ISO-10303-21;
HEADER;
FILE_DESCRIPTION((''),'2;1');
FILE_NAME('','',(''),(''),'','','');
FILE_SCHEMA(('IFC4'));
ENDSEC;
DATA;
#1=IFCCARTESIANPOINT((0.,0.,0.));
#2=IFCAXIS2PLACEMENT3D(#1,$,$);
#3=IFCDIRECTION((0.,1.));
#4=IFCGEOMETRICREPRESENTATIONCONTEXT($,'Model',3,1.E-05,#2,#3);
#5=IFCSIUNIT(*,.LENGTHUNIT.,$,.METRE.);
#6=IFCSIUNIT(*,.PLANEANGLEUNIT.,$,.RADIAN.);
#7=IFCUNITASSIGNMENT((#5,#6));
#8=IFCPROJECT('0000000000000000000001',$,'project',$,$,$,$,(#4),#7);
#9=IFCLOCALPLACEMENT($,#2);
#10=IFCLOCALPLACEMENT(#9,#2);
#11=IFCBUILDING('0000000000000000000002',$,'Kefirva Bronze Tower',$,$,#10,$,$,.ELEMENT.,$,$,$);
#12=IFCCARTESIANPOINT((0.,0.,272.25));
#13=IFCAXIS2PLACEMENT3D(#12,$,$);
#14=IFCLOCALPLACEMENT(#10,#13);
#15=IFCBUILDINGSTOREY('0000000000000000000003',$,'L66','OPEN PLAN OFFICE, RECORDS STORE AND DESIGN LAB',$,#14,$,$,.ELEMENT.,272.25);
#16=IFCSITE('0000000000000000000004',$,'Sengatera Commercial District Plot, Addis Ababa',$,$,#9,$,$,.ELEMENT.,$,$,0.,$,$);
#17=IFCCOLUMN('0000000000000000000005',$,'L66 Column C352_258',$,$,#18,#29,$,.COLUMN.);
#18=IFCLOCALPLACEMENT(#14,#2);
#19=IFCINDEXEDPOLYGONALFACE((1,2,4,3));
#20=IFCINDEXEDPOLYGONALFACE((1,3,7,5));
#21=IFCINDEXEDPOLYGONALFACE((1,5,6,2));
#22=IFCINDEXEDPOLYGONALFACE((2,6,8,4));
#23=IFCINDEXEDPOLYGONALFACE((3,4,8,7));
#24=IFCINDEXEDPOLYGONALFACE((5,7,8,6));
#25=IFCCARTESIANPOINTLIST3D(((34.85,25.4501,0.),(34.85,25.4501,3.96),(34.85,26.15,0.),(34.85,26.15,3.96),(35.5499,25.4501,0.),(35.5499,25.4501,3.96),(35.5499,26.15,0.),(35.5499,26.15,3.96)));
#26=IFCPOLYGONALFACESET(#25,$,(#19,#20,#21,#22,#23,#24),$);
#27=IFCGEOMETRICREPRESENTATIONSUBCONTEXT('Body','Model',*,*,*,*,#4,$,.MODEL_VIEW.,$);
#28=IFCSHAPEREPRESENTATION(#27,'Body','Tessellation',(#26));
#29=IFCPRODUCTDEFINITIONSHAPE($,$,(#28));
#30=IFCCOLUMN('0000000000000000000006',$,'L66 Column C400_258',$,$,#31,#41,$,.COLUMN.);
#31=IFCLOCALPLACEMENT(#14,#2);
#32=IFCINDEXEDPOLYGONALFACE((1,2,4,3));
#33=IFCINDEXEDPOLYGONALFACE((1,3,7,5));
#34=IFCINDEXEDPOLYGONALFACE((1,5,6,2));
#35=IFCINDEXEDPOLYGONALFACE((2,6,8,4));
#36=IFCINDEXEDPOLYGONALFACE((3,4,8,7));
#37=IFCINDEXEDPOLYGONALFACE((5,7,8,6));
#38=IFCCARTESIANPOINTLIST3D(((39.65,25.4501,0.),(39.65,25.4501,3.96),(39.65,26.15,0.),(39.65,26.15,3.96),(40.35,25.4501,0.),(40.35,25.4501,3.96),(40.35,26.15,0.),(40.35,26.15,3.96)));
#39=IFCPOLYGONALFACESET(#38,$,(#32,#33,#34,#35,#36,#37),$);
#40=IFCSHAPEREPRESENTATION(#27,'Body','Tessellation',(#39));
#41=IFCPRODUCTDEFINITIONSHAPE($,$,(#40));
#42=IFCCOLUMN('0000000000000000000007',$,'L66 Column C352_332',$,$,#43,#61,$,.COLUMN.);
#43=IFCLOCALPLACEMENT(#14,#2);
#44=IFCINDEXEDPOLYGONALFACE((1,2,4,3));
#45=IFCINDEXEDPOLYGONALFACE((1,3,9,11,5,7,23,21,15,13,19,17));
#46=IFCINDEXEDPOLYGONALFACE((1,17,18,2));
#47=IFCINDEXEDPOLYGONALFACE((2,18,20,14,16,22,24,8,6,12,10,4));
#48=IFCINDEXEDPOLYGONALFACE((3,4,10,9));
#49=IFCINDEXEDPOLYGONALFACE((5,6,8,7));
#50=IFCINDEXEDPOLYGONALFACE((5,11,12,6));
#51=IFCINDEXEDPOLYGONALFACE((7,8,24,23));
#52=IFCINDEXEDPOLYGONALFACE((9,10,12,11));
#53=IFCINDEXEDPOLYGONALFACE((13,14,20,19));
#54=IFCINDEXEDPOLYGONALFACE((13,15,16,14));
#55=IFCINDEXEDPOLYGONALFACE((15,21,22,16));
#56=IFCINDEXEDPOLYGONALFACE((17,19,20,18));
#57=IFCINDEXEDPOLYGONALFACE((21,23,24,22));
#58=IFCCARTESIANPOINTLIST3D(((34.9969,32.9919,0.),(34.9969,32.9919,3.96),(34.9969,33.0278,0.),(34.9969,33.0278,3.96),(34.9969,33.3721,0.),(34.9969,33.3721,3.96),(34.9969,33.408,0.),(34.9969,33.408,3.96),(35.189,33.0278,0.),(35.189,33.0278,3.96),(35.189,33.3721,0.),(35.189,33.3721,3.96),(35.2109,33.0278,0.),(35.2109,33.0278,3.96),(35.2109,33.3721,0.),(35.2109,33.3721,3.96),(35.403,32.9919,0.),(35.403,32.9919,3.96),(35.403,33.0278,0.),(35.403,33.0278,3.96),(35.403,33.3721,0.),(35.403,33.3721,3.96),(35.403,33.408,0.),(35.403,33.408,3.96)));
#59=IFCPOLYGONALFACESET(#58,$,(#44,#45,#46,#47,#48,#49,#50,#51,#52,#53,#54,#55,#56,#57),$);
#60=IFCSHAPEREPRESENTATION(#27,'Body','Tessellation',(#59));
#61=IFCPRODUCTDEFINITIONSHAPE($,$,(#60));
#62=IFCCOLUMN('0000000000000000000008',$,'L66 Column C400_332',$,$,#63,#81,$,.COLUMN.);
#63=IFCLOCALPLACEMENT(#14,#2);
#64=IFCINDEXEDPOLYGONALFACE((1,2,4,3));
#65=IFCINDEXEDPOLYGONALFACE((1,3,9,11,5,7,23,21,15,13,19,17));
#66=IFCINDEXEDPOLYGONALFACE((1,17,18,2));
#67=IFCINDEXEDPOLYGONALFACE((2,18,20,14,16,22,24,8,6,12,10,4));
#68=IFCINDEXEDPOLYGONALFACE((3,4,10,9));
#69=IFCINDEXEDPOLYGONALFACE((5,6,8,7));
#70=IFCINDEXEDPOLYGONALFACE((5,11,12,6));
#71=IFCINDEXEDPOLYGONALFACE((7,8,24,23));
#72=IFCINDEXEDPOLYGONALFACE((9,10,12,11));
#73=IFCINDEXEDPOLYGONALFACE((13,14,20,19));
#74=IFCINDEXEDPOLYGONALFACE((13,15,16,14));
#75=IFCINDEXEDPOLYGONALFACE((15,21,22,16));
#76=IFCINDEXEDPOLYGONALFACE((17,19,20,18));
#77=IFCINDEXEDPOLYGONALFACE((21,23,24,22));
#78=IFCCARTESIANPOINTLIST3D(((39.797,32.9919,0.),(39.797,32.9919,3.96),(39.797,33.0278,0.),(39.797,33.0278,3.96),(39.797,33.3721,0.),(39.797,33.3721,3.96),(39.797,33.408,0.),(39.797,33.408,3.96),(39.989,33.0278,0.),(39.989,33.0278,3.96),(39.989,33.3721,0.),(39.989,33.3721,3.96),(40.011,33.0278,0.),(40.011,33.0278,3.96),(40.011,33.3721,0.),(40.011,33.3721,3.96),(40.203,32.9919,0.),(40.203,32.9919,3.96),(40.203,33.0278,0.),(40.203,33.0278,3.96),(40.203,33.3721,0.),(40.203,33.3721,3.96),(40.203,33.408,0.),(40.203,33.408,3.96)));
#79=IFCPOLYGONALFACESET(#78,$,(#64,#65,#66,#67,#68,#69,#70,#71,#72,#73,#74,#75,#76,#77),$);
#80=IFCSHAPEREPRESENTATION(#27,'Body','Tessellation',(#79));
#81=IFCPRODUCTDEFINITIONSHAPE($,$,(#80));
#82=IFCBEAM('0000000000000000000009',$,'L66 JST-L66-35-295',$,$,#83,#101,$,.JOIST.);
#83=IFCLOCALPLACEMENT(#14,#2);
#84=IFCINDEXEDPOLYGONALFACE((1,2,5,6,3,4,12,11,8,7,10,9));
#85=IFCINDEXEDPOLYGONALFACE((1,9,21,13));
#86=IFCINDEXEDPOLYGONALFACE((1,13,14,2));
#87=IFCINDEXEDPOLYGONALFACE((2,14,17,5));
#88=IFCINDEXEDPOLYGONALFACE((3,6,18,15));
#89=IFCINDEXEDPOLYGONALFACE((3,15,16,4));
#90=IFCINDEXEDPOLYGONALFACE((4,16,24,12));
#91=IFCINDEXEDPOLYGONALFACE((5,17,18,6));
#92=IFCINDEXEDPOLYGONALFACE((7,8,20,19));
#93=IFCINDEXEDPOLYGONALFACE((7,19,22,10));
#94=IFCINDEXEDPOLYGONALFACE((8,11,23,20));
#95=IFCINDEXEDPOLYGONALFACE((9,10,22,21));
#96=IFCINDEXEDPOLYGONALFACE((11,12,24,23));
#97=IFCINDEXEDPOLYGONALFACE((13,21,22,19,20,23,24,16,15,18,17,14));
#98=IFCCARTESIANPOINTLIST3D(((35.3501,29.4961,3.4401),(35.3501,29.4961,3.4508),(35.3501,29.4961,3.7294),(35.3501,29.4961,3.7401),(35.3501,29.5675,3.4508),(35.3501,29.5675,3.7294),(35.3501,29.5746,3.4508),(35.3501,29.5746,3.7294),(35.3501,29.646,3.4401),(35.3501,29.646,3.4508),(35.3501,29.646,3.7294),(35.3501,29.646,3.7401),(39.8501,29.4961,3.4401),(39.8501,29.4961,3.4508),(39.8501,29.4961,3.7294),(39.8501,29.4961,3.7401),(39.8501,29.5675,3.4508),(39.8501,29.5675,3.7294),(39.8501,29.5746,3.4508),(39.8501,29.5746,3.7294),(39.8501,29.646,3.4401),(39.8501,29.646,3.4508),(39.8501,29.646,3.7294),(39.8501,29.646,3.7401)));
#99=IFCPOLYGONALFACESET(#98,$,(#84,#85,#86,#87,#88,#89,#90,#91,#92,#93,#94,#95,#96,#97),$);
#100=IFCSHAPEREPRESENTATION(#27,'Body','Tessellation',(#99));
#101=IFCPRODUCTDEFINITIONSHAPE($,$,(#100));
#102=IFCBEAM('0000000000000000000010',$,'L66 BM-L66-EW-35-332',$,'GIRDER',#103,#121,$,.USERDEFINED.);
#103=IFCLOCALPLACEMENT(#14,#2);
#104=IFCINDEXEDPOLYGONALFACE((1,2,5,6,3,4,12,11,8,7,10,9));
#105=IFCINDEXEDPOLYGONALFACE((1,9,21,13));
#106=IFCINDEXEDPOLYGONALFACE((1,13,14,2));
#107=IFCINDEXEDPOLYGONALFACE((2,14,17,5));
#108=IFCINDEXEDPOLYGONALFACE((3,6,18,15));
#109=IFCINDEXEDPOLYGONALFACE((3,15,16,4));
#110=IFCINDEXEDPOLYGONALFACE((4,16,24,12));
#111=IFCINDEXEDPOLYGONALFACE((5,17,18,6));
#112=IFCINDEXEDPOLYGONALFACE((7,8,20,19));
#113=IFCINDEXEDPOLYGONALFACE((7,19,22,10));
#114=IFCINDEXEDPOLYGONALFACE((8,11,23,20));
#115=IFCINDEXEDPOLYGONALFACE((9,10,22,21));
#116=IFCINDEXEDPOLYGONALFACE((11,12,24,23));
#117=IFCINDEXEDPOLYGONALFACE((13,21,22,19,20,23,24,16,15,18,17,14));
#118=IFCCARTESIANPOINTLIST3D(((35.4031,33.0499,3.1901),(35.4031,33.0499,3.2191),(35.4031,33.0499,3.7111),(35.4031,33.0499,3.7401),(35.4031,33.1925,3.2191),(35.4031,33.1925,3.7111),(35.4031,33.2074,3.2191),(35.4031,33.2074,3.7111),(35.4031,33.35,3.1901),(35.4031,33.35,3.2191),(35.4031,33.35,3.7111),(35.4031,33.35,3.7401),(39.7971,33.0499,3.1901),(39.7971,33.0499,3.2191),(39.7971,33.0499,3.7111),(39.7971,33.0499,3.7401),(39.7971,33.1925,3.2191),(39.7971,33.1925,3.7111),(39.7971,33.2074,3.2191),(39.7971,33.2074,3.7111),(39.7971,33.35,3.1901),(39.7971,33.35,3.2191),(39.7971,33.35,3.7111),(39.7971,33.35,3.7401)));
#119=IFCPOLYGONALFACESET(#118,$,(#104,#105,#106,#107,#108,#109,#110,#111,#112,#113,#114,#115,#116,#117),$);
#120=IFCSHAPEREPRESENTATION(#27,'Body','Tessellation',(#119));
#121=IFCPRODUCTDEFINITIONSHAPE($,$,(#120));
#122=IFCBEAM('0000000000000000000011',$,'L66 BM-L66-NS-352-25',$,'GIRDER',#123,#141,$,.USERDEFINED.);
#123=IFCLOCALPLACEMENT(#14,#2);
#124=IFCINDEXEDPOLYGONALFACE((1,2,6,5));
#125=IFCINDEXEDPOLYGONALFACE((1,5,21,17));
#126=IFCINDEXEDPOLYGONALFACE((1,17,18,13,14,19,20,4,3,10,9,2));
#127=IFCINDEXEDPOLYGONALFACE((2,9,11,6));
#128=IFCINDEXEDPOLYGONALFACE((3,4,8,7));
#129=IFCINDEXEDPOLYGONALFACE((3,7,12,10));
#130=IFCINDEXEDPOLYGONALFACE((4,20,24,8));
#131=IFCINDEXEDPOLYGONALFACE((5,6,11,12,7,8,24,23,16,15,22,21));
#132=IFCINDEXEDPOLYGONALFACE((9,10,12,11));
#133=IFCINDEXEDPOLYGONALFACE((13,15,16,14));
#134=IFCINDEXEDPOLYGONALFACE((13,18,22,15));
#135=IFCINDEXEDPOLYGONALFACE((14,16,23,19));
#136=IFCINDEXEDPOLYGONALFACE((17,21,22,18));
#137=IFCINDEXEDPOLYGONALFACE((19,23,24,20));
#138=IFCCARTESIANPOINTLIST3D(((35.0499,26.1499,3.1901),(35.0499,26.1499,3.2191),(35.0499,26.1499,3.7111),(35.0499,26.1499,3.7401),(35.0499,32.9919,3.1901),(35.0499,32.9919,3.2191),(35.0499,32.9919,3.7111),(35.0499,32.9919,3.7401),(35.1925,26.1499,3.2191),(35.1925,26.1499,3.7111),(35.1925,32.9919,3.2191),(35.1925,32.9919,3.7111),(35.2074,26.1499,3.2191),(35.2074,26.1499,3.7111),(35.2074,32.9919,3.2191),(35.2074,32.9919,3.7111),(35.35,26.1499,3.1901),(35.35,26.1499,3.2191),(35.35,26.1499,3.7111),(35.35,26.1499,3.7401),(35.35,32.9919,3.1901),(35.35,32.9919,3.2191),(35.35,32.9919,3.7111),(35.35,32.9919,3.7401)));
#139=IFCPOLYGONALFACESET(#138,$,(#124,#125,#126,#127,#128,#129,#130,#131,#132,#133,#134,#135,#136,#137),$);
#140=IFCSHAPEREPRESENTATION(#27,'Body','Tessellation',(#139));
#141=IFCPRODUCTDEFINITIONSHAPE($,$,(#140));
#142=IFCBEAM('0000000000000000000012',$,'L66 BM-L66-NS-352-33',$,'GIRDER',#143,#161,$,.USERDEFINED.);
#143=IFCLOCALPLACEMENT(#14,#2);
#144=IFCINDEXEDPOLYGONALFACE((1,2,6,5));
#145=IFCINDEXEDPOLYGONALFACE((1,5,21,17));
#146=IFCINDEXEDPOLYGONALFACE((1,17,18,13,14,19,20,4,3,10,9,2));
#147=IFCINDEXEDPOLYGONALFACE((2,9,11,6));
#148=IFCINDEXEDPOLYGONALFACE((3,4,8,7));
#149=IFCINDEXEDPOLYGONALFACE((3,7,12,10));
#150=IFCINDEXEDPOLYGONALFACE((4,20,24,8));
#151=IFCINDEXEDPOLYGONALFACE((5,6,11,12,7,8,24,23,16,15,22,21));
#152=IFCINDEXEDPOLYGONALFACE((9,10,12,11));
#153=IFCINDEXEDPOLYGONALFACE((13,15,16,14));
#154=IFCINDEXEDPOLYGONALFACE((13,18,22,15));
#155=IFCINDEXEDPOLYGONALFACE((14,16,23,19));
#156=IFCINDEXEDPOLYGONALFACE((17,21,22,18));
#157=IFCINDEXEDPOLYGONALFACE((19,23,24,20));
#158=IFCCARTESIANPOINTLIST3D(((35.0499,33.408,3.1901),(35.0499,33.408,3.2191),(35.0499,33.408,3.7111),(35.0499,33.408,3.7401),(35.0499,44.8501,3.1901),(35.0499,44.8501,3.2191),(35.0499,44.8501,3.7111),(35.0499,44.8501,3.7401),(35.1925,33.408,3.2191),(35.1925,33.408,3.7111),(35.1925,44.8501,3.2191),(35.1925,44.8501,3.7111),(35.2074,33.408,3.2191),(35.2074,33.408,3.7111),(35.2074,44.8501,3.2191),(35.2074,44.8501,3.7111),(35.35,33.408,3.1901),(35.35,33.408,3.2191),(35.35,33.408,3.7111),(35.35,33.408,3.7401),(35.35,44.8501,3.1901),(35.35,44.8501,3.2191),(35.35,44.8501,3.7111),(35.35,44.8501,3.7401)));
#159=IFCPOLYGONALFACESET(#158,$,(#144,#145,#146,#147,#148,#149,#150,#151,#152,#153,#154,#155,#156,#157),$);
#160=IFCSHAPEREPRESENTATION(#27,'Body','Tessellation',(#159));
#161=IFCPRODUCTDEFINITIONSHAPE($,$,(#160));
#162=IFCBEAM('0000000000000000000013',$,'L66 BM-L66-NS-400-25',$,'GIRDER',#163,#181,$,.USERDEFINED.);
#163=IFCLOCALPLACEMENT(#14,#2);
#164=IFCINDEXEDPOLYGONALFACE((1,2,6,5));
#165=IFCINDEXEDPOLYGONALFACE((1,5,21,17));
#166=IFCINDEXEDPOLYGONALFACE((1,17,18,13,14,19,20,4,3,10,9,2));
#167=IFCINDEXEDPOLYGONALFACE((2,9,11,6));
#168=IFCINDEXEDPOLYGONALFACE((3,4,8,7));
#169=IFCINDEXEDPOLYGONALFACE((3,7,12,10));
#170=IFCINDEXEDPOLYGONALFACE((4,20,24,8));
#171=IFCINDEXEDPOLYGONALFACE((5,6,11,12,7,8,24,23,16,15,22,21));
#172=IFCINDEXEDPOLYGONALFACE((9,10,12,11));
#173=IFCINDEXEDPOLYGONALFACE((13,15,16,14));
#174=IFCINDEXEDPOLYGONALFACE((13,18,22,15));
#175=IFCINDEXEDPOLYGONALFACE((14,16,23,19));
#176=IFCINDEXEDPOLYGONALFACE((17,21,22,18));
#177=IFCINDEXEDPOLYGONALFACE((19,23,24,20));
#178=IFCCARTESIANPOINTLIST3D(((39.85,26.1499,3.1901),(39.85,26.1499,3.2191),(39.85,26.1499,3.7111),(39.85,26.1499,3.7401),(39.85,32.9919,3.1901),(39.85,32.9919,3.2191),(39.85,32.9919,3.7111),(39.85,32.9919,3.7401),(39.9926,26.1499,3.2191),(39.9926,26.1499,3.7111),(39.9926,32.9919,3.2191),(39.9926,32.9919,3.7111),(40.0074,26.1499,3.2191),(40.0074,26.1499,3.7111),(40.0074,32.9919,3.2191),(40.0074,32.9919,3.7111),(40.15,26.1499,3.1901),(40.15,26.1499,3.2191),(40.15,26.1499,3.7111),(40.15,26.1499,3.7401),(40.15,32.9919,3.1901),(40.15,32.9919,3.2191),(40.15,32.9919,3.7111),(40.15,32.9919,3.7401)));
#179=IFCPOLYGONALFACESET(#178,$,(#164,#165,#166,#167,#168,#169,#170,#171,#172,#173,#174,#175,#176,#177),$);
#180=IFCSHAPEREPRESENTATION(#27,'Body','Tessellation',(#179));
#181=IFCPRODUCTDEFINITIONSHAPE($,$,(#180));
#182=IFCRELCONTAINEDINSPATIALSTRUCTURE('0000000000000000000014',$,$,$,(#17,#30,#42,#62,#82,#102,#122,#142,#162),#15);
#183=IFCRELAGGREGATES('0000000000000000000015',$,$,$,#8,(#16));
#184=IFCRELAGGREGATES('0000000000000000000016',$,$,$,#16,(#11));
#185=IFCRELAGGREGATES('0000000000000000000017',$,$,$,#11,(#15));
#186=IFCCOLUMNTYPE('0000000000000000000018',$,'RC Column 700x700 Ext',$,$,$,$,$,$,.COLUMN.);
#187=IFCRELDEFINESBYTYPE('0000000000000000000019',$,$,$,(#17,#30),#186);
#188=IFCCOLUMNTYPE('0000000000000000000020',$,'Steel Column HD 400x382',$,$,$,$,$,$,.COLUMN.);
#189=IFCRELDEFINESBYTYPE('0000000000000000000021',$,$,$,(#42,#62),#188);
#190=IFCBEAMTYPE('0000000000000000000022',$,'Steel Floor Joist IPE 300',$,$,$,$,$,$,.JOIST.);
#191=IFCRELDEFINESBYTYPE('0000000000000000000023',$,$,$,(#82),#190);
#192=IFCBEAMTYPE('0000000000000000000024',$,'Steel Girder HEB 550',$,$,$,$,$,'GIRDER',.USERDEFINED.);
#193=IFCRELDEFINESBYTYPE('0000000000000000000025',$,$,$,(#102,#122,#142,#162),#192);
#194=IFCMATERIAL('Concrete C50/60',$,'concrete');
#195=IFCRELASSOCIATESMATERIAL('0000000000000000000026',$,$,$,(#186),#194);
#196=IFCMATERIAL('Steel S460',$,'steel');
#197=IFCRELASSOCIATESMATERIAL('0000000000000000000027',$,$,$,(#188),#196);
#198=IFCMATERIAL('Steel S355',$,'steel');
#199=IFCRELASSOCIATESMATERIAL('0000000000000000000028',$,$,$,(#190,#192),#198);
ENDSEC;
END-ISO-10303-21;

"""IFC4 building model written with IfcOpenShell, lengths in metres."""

from ifc_helpers import new_model, si_unit, direction, frame, origin, origin_2d, place, context, subcontext, project, spatial, rectangle, i_section, extrude, material, material_profile, profile_set, type_object, element, save


model = new_model("IFC4")

# Units and contexts
model_context = context("Model", 3, precision=1e-05, world=origin(), true_north=direction((0.0, 1.0)))
body_context = subcontext(model_context, "Body", "Model", "MODEL_VIEW")
ifc_project = project(units=[si_unit("LENGTHUNIT", "METRE"), si_unit("PLANEANGLEUNIT", "RADIAN")], contexts=[model_context])

# Site, building, storey
site_placement = place(None, origin())
site = spatial("IfcSite", under=ifc_project, at=site_placement, Name="Sengatera Commercial District Plot, Addis Ababa", CompositionType="ELEMENT", RefElevation=0.0)
building_placement = place(site_placement, origin())
building = spatial("IfcBuilding", under=site, at=building_placement, Name="Kefirva Bronze Tower", CompositionType="ELEMENT")
storey_placement = place(building_placement, frame((0.0, 0.0, 272.25)))
storey = spatial("IfcBuildingStorey", under=building, at=storey_placement, Name="L66", Description="OPEN PLAN OFFICE, RECORDS STORE AND DESIGN LAB", CompositionType="ELEMENT", Elevation=272.25)

# Columns
ifc_material_1 = material(Name="Concrete C50/60", Category="concrete")
ifc_material_profile_1 = material_profile(ifc_material_1, rectangle(XDim=0.7, YDim=0.7, at=origin_2d()), Name="RC 700x700")
ifc_profile_set_1 = profile_set([ifc_material_profile_1], Name="Concrete C50/60")
column_type_1 = type_object("IfcColumnType", Name="RC Column 700x700 Ext", PredefinedType="COLUMN", material=ifc_profile_set_1)
for number, where, z_axis, x_axis, name in (
    (1, (35.2, 25.8, 0.0), (0.0, 0.0, 1.0), (1.0, 0.0, 0.0), "L66 Column C352_258"),
    (2, (40.0, 25.8, 0.0), (0.0, 0.0, 1.0), (1.0, 0.0, 0.0), "L66 Column C400_258"),
):
    element("IfcColumn", number, at=place(storey_placement, frame(where, z_axis=z_axis, x_axis=x_axis)), inside=storey, type_object=column_type_1, Name=name, PredefinedType="COLUMN", context=body_context, shape_type="SweptSolid", body=[
        extrude(rectangle(XDim=0.7, YDim=0.7, at=origin_2d()), origin(), (0.0, 0.0, 1.0), 3.96),
    ])
ifc_material_2 = material(Name="Steel S460", Category="steel")
ifc_material_profile_2 = material_profile(ifc_material_2, i_section(OverallWidth=0.406, OverallDepth=0.416, WebThickness=0.022, FlangeThickness=0.0359, at=origin_2d()), Name="HD 400x382")
ifc_profile_set_2 = profile_set([ifc_material_profile_2], Name="Steel S460")
column_type_2 = type_object("IfcColumnType", Name="Steel Column HD 400x382", PredefinedType="COLUMN", material=ifc_profile_set_2)
for number, where, z_axis, x_axis, name in (
    (3, (35.2, 33.2, 0.0), (0.0, 0.0, 1.0), (1.0, 0.0, 0.0), "L66 Column C352_332"),
    (4, (40.0, 33.2, 0.0), (0.0, 0.0, 1.0), (1.0, 0.0, 0.0), "L66 Column C400_332"),
):
    element("IfcColumn", number, at=place(storey_placement, frame(where, z_axis=z_axis, x_axis=x_axis)), inside=storey, type_object=column_type_2, Name=name, PredefinedType="COLUMN", context=body_context, shape_type="SweptSolid", body=[
        extrude(i_section(OverallWidth=0.406, OverallDepth=0.416, WebThickness=0.022, FlangeThickness=0.0359, at=origin_2d()), origin(), (0.0, 0.0, 1.0), 3.96),
    ])

# Beams
ifc_material_3 = material(Name="Steel S355", Category="steel")
ifc_material_profile_3 = material_profile(ifc_material_3, i_section(OverallWidth=0.1499, OverallDepth=0.3, WebThickness=0.0071, FlangeThickness=0.0107, at=origin_2d()), Name="IPE 300")
ifc_profile_set_3 = profile_set([ifc_material_profile_3], Name="Steel S355")
beam_type_1 = type_object("IfcBeamType", Name="Steel Floor Joist IPE 300", PredefinedType="JOIST", material=ifc_profile_set_3)
beam_1_placement = place(storey_placement, frame((35.3501, 29.571, 3.5901), z_axis=(1.0, 0.0, 0.0), x_axis=(0.0, 1.0, 0.0)))
element("IfcBeam", 5, at=beam_1_placement, inside=storey, type_object=beam_type_1, Name="L66 JST-L66-35-295", PredefinedType="JOIST", context=body_context, shape_type="SweptSolid", body=[
    extrude(i_section(OverallWidth=0.1499, OverallDepth=0.3, WebThickness=0.0071, FlangeThickness=0.0107, at=origin_2d()), origin(), (0.0, 0.0, 1.0), 4.5),
])
ifc_material_profile_4 = material_profile(ifc_material_3, i_section(OverallWidth=0.3, OverallDepth=0.55, WebThickness=0.0149, FlangeThickness=0.0291, at=origin_2d()), Name="HEB 550")
ifc_profile_set_4 = profile_set([ifc_material_profile_4], Name="Steel S355")
beam_type_2 = type_object("IfcBeamType", Name="Steel Girder HEB 550", ElementType="GIRDER", PredefinedType="USERDEFINED", material=ifc_profile_set_4)
beam_2_placement = place(storey_placement, frame((35.4031, 33.2, 3.4651), z_axis=(1.0, 0.0, 0.0), x_axis=(0.0, 1.0, 0.0)))
element("IfcBeam", 6, at=beam_2_placement, inside=storey, type_object=beam_type_2, Name="L66 BM-L66-EW-35-332", ObjectType="GIRDER", PredefinedType="USERDEFINED", context=body_context, shape_type="SweptSolid", body=[
    extrude(i_section(OverallWidth=0.3, OverallDepth=0.55, WebThickness=0.0149, FlangeThickness=0.0291, at=origin_2d()), origin(), (0.0, 0.0, 1.0), 4.394),
])
beam_3_placement = place(storey_placement, frame((35.2, 26.1499, 3.4651), z_axis=(0.0, 1.0, 0.0), x_axis=(-1.0, 0.0, 0.0)))
element("IfcBeam", 7, at=beam_3_placement, inside=storey, type_object=beam_type_2, Name="L66 BM-L66-NS-352-25", ObjectType="GIRDER", PredefinedType="USERDEFINED", context=body_context, shape_type="SweptSolid", body=[
    extrude(i_section(OverallWidth=0.3, OverallDepth=0.55, WebThickness=0.0149, FlangeThickness=0.0291, at=origin_2d()), origin(), (0.0, 0.0, 1.0), 6.842),
])
beam_4_placement = place(storey_placement, frame((35.2, 33.408, 3.4651), z_axis=(0.0, 1.0, 0.0), x_axis=(-1.0, 0.0, 0.0)))
element("IfcBeam", 8, at=beam_4_placement, inside=storey, type_object=beam_type_2, Name="L66 BM-L66-NS-352-33", ObjectType="GIRDER", PredefinedType="USERDEFINED", context=body_context, shape_type="SweptSolid", body=[
    extrude(i_section(OverallWidth=0.3, OverallDepth=0.55, WebThickness=0.0149, FlangeThickness=0.0291, at=origin_2d()), origin(), (0.0, 0.0, 1.0), 11.4421),
])
beam_5_placement = place(storey_placement, frame((40.0, 26.1499, 3.4651), z_axis=(0.0, 1.0, 0.0), x_axis=(-1.0, 0.0, 0.0)))
element("IfcBeam", 9, at=beam_5_placement, inside=storey, type_object=beam_type_2, Name="L66 BM-L66-NS-400-25", ObjectType="GIRDER", PredefinedType="USERDEFINED", context=body_context, shape_type="SweptSolid", body=[
    extrude(i_section(OverallWidth=0.3, OverallDepth=0.55, WebThickness=0.0149, FlangeThickness=0.0291, at=origin_2d()), origin(), (0.0, 0.0, 1.0), 6.842),
])

save(model, "model.ifc")
